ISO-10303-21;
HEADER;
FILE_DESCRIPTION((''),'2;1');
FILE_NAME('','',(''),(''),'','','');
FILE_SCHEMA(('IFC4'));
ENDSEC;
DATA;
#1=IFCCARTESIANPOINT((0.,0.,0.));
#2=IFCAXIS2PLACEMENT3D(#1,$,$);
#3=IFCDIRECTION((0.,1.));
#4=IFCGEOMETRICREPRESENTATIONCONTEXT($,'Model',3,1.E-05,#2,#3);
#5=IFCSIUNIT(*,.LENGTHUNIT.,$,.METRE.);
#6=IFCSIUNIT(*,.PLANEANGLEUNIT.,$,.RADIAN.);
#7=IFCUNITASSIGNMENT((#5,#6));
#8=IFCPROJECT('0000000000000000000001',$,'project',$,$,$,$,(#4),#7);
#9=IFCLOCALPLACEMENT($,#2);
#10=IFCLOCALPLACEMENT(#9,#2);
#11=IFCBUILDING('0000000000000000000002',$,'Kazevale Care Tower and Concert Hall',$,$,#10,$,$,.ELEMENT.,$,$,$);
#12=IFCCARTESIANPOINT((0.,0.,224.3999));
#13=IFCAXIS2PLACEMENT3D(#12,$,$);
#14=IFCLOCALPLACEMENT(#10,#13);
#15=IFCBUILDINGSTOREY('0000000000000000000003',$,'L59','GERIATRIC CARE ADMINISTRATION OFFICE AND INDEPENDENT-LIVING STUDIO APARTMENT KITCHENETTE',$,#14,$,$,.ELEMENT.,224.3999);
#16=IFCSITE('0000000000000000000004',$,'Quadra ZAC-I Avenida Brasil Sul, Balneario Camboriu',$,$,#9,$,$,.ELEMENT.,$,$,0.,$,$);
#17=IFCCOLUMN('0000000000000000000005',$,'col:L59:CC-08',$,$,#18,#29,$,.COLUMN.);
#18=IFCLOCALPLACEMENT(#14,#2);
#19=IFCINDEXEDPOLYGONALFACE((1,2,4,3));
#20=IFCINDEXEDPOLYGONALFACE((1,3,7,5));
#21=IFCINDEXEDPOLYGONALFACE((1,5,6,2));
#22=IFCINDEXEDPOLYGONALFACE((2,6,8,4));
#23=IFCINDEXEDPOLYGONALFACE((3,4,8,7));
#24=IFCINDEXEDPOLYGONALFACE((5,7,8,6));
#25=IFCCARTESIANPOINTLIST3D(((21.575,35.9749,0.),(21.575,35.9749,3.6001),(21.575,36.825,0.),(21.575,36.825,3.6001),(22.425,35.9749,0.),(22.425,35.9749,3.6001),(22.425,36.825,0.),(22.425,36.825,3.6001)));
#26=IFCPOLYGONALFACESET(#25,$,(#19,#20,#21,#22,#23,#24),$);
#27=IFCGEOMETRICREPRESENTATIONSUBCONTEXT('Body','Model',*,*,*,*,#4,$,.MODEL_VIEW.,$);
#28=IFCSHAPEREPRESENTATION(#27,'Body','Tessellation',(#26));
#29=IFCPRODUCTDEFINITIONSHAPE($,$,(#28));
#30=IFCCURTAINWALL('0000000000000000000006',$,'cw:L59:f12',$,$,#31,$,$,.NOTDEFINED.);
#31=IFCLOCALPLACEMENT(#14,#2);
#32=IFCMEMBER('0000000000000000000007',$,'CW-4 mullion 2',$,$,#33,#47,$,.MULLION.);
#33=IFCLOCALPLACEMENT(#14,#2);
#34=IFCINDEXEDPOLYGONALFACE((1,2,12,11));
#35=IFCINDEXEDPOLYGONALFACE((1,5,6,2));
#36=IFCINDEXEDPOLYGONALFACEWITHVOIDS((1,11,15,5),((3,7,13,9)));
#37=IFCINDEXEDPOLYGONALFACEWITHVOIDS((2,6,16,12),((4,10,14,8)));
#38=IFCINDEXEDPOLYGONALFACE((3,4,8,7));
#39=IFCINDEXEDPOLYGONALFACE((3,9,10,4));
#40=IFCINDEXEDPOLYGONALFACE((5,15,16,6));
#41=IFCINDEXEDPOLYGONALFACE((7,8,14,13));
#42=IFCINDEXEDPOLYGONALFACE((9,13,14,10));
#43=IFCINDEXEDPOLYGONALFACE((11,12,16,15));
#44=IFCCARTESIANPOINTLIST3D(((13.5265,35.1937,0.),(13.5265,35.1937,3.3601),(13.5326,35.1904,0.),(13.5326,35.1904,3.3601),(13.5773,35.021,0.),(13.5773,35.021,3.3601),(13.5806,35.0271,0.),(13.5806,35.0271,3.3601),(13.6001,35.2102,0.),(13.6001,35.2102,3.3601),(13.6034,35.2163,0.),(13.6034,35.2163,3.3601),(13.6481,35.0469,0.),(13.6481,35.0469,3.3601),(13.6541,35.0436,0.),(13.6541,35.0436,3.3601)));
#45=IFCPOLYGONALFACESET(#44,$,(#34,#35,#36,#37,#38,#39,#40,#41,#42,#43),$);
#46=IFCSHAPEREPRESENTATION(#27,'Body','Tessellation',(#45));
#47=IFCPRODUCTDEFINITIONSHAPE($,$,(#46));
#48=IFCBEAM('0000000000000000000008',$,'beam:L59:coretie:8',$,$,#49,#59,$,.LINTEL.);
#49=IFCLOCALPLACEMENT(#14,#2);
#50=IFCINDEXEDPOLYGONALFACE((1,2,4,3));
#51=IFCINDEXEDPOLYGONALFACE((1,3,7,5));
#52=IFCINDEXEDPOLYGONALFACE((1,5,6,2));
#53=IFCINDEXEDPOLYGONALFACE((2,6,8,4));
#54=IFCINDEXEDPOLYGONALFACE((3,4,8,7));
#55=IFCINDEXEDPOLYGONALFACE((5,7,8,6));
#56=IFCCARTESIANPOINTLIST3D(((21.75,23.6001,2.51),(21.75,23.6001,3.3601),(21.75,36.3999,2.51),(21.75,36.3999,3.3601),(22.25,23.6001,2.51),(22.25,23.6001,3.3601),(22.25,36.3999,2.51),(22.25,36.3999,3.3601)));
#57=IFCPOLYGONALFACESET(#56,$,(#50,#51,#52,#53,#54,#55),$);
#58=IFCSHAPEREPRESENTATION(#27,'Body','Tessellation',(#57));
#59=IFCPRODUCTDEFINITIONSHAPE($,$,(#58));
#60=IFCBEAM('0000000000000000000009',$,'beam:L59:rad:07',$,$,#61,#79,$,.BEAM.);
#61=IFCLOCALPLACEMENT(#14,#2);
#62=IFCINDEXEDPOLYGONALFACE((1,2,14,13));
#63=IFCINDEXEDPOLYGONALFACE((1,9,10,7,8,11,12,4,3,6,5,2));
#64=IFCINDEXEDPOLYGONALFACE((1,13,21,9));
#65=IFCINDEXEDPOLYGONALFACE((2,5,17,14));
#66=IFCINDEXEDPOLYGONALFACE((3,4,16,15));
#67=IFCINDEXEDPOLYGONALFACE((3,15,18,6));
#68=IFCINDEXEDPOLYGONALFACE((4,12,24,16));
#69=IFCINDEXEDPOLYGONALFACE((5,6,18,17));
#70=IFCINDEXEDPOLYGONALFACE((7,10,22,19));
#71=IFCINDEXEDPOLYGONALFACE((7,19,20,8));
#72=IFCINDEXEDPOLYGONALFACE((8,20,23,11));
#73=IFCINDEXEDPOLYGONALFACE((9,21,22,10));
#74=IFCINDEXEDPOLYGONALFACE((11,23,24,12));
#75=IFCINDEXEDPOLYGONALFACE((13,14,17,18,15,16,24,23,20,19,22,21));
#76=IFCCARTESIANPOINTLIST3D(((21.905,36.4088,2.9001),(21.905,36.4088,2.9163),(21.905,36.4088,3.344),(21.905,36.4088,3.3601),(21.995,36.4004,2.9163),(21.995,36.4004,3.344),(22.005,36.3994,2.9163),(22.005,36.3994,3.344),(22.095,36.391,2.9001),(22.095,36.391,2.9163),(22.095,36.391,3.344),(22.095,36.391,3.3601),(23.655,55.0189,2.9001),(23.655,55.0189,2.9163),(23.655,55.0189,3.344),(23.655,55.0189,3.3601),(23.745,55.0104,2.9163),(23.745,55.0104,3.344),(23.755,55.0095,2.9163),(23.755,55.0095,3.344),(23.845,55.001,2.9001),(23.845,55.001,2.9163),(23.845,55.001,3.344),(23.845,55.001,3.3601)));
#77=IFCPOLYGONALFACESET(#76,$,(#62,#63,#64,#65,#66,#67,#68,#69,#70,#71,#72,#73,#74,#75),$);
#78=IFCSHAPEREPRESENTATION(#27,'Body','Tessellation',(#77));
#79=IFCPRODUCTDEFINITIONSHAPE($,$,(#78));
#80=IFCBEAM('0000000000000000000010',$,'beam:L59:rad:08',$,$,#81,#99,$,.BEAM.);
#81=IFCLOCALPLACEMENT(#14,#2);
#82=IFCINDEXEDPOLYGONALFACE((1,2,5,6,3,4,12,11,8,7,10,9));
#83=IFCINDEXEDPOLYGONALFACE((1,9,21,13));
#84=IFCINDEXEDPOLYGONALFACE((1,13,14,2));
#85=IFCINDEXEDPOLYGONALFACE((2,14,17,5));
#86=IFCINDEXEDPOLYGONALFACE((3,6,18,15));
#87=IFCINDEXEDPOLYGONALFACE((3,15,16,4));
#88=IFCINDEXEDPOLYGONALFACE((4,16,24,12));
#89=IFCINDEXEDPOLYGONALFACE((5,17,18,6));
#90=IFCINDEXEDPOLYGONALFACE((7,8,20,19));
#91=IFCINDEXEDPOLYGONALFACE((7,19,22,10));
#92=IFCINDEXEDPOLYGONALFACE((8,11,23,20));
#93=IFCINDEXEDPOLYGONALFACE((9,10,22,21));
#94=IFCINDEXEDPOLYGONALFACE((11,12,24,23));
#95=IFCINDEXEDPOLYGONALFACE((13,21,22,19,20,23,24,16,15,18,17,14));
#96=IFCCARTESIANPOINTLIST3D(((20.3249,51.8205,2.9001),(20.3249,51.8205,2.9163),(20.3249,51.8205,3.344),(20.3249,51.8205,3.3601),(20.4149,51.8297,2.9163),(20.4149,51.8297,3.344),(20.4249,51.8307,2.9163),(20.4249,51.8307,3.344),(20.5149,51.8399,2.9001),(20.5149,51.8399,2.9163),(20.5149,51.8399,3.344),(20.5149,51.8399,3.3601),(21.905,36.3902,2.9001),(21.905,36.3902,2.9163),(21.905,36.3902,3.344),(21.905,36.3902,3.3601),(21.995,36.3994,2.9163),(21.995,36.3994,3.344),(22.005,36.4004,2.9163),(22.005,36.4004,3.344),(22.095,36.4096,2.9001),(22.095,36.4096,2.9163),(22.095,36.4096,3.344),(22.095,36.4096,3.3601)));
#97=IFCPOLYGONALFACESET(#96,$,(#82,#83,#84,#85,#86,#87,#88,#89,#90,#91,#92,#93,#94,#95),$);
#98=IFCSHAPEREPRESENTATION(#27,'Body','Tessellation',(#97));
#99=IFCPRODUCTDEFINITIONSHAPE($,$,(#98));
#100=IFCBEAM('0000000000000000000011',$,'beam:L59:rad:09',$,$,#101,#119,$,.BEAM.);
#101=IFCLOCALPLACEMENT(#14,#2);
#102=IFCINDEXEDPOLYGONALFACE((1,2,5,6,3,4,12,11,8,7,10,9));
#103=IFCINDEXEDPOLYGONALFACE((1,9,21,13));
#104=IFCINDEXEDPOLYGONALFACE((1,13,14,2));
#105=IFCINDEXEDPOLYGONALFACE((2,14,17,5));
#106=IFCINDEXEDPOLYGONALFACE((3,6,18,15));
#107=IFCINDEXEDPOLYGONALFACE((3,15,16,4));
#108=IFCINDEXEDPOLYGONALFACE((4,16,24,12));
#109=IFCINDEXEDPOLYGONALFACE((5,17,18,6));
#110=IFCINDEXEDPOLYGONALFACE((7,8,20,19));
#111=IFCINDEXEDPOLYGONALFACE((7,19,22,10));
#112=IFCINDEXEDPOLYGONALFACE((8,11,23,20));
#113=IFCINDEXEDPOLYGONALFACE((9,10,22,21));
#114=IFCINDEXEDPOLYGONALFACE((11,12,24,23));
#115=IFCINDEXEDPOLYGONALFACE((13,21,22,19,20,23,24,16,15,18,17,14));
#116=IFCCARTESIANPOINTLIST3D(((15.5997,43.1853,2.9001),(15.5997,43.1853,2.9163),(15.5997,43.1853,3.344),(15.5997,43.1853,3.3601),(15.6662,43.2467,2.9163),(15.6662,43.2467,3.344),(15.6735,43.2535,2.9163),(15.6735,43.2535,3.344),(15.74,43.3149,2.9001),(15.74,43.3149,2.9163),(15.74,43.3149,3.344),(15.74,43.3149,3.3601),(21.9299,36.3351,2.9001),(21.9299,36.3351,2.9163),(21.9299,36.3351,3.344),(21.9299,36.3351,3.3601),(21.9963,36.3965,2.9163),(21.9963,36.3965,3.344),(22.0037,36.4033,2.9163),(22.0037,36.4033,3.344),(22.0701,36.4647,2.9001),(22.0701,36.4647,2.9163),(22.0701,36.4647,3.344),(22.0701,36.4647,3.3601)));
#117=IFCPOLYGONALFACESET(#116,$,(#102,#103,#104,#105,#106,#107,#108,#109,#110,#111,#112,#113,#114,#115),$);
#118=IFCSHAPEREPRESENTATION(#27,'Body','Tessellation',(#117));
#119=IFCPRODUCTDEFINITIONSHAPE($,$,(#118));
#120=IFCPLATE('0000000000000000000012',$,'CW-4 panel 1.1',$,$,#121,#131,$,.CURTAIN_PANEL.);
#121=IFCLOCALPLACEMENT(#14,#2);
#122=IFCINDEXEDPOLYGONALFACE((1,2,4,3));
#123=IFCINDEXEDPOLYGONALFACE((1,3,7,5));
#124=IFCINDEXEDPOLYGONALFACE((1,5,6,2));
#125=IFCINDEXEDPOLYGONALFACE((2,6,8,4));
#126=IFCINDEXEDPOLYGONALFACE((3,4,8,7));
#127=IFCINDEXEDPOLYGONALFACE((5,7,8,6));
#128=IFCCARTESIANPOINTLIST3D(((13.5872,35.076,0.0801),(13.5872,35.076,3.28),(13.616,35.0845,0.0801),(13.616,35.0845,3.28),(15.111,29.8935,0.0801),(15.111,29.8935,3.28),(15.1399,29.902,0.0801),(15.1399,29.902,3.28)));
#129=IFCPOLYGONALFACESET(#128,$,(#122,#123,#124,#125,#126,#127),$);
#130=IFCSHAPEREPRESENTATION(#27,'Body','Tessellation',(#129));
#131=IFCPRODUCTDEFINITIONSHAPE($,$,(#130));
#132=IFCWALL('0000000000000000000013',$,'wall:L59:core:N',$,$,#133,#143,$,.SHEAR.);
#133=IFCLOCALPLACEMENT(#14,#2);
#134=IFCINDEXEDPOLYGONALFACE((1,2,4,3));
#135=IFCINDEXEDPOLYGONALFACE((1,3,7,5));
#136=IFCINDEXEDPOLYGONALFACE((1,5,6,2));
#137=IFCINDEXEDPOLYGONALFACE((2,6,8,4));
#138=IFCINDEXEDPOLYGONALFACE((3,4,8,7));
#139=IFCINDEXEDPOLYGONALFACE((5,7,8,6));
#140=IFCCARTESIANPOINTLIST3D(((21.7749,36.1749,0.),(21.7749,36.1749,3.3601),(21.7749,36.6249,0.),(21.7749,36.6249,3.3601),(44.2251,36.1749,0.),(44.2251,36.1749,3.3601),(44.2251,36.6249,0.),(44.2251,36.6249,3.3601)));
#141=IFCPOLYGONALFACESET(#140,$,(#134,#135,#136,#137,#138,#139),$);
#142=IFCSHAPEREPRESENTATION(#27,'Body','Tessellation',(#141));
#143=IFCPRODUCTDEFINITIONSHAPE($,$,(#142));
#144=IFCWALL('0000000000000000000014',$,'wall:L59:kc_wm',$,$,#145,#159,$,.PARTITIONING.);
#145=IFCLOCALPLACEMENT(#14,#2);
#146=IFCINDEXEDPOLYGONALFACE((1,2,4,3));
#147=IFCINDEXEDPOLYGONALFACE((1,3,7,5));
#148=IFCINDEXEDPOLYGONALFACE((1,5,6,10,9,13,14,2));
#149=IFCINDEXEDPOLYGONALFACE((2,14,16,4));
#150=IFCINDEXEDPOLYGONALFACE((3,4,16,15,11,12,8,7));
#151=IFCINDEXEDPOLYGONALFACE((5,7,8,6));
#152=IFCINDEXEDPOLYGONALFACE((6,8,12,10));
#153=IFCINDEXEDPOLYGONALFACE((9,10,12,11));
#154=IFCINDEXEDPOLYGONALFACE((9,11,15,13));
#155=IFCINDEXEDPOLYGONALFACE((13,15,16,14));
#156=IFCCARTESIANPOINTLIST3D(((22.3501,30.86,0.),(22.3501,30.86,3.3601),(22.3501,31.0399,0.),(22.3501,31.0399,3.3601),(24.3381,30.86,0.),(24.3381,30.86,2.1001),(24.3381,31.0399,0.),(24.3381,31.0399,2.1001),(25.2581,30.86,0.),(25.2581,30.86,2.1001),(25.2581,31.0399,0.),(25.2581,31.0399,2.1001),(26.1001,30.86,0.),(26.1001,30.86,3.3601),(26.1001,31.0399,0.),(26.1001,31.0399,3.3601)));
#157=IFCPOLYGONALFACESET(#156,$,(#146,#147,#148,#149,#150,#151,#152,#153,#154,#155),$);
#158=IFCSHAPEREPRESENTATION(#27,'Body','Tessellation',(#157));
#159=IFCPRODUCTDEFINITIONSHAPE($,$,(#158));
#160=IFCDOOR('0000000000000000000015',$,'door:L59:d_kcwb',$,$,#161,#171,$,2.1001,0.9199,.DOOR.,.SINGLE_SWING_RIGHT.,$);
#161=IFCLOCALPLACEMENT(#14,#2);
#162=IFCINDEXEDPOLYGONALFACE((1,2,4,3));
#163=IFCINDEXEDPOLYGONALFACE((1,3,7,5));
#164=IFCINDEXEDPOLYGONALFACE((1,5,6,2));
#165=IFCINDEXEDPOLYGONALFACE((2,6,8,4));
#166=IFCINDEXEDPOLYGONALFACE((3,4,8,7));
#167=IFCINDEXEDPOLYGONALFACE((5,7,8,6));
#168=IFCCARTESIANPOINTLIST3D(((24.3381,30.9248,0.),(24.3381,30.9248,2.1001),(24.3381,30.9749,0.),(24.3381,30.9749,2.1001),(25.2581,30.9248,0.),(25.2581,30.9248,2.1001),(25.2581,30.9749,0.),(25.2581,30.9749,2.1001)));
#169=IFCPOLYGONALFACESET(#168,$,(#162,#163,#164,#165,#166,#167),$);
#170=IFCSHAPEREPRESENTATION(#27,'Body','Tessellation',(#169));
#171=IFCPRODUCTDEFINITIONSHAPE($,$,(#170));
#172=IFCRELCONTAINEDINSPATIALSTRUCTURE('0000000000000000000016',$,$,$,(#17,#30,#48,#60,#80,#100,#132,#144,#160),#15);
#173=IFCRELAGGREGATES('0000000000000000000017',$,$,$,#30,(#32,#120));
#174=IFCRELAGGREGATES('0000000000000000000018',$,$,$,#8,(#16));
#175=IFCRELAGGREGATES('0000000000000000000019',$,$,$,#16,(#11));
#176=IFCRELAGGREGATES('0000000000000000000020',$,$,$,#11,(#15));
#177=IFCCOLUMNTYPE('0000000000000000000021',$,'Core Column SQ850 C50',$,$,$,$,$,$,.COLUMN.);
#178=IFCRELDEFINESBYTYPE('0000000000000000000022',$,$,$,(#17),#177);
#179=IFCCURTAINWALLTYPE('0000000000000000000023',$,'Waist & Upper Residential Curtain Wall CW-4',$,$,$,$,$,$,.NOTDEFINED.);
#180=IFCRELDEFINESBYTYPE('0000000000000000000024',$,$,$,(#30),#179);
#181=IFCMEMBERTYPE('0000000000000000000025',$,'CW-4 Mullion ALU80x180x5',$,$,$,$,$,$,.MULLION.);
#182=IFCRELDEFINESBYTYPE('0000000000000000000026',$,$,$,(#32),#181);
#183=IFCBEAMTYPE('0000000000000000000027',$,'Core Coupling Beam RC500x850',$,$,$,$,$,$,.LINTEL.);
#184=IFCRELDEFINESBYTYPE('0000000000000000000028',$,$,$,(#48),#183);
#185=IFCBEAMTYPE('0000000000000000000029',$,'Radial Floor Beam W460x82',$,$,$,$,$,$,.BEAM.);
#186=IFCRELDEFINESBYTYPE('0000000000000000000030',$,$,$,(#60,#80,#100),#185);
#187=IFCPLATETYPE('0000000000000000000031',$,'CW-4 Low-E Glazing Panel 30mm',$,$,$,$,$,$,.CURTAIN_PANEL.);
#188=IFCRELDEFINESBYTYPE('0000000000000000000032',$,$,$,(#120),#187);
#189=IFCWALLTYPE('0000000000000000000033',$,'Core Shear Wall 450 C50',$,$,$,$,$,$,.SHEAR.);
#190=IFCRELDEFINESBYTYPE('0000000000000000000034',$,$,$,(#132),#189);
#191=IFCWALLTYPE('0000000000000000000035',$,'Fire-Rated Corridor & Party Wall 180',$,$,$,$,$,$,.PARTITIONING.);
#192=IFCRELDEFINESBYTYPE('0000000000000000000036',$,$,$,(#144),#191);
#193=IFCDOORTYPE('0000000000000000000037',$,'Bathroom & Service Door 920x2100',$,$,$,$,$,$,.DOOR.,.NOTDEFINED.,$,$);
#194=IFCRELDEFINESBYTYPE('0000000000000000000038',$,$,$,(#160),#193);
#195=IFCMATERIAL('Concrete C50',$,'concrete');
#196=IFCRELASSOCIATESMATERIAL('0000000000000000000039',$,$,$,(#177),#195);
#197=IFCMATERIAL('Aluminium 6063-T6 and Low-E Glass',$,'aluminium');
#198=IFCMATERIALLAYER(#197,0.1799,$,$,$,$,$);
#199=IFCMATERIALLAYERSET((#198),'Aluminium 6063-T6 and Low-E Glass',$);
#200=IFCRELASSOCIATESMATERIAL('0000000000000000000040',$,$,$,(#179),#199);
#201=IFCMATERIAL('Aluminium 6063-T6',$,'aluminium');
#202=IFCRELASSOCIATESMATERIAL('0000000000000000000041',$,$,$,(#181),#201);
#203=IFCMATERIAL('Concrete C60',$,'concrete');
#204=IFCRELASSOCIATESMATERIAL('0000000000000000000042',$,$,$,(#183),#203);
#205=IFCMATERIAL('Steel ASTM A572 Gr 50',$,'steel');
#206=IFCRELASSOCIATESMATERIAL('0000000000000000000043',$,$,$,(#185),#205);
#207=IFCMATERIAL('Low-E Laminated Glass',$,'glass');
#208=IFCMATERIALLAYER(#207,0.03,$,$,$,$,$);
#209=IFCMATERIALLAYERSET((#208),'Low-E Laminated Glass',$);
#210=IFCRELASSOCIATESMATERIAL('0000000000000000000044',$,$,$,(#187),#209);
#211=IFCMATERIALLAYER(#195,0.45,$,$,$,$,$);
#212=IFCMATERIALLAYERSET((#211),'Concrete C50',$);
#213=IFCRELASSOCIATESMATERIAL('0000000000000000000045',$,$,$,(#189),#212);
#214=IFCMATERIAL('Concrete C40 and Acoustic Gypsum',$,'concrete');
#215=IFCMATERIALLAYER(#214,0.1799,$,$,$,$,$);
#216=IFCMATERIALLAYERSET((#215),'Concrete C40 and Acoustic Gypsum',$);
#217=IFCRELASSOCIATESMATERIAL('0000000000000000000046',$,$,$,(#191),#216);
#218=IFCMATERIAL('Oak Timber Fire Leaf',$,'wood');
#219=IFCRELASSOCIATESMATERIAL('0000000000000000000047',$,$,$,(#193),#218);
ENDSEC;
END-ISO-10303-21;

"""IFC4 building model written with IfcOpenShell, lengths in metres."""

from ifc_helpers import new_model, si_unit, direction, frame, frame_2d, origin, origin_2d, place, context, subcontext, project, spatial, rectangle, hollow_rectangle, i_section, extrude, material, layer, layer_set, material_profile, profile_set, type_object, element, fill, aggregate, save


model = new_model("IFC4")

# Units and contexts
model_context = context("Model", 3, precision=1e-05, world=origin(), true_north=direction((0.0, 1.0)))
body_context = subcontext(model_context, "Body", "Model", "MODEL_VIEW")
ifc_project = project(units=[si_unit("LENGTHUNIT", "METRE"), si_unit("PLANEANGLEUNIT", "RADIAN")], contexts=[model_context])

# Site, building, storey
site_placement = place(None, origin())
site = spatial("IfcSite", under=ifc_project, at=site_placement, Name="Quadra ZAC-I Avenida Brasil Sul, Balneario Camboriu", CompositionType="ELEMENT", RefElevation=0.0)
building_placement = place(site_placement, origin())
building = spatial("IfcBuilding", under=site, at=building_placement, Name="Kazevale Care Tower and Concert Hall", CompositionType="ELEMENT")
storey_placement = place(building_placement, frame((0.0, 0.0, 224.3999)))
storey = spatial("IfcBuildingStorey", under=building, at=storey_placement, Name="L59", Description="GERIATRIC CARE ADMINISTRATION OFFICE AND INDEPENDENT-LIVING STUDIO APARTMENT KITCHENETTE", CompositionType="ELEMENT", Elevation=224.3999)

# Column
ifc_material_1 = material(Name="Concrete C50", Category="concrete")
ifc_material_profile_1 = material_profile(ifc_material_1, rectangle(XDim=0.8501, YDim=0.8501, at=origin_2d()), Name="RC-SQ850")
ifc_profile_set_1 = profile_set([ifc_material_profile_1], Name="Concrete C50")
column_type = type_object("IfcColumnType", Name="Core Column SQ850 C50", PredefinedType="COLUMN", material=ifc_profile_set_1)
column_placement = place(storey_placement, frame((22.0, 36.3999, 0.0), z_axis=(0.0, 0.0, 1.0), x_axis=(1.0, 0.0, 0.0)))
element("IfcColumn", 1, at=column_placement, inside=storey, type_object=column_type, Name="col:L59:CC-08", PredefinedType="COLUMN", context=body_context, shape_type="SweptSolid", body=[
    extrude(rectangle(XDim=0.8501, YDim=0.8501, at=origin_2d()), origin(), (0.0, 0.0, 1.0), 3.6001),
])

# Curtain wall, member
ifc_material_2 = material(Name="Aluminium 6063-T6 and Low-E Glass", Category="aluminium")
ifc_layer_1 = layer(ifc_material_2, 0.1799)
ifc_layer_set_1 = layer_set([ifc_layer_1], Name="Aluminium 6063-T6 and Low-E Glass")
curtain_wall_type = type_object("IfcCurtainWallType", Name="Waist & Upper Residential Curtain Wall CW-4", PredefinedType="NOTDEFINED", material=ifc_layer_set_1)
curtain_wall_placement = place(storey_placement, origin())
curtain_wall = element("IfcCurtainWall", 2, at=curtain_wall_placement, inside=storey, type_object=curtain_wall_type, Name="cw:L59:f12", PredefinedType="NOTDEFINED")
ifc_material_3 = material(Name="Aluminium 6063-T6", Category="aluminium")
ifc_material_profile_2 = material_profile(ifc_material_3, hollow_rectangle(XDim=0.0801, YDim=0.1799, WallThickness=0.0049, at=origin_2d()), Name="ALU80x180x5")
ifc_profile_set_2 = profile_set([ifc_material_profile_2], Name="Aluminium 6063-T6")
member_type = type_object("IfcMemberType", Name="CW-4 Mullion ALU80x180x5", PredefinedType="MULLION", material=ifc_profile_set_2)
member_placement = place(storey_placement, frame((13.5903, 35.1187, 0.0), z_axis=(0.0, 0.0, 1.0), x_axis=(-0.959386, -0.282098, 0.0)))
member = element("IfcMember", 3, at=member_placement, type_object=member_type, Name="CW-4 mullion 2", PredefinedType="MULLION", context=body_context, shape_type="SweptSolid", body=[
    extrude(hollow_rectangle(XDim=0.0801, YDim=0.1799, WallThickness=0.0049, at=origin_2d()), origin(), (0.0, 0.0, 1.0), 3.3601),
])

# Beams
ifc_material_4 = material(Name="Concrete C60", Category="concrete")
ifc_material_profile_3 = material_profile(ifc_material_4, rectangle(XDim=0.5, YDim=0.8501, at=origin_2d()), Name="RC-B500x850")
ifc_profile_set_3 = profile_set([ifc_material_profile_3], Name="Concrete C60")
beam_type_1 = type_object("IfcBeamType", Name="Core Coupling Beam RC500x850", PredefinedType="LINTEL", material=ifc_profile_set_3)
beam_1_placement = place(storey_placement, frame((22.0, 36.3999, 2.9351), z_axis=(0.0, -1.0, 0.0), x_axis=(1.0, 0.0, 0.0)))
element("IfcBeam", 4, at=beam_1_placement, inside=storey, type_object=beam_type_1, Name="beam:L59:coretie:8", PredefinedType="LINTEL", context=body_context, shape_type="SweptSolid", body=[
    extrude(rectangle(XDim=0.5, YDim=0.8501, at=origin_2d()), origin(), (0.0, 0.0, 1.0), 12.7998),
])
ifc_material_5 = material(Name="Steel ASTM A572 Gr 50", Category="steel")
ifc_material_profile_4 = material_profile(ifc_material_5, i_section(OverallWidth=0.1909, OverallDepth=0.46, WebThickness=0.01, FlangeThickness=0.0161, at=origin_2d()), Name="W460x82")
ifc_profile_set_4 = profile_set([ifc_material_profile_4], Name="Steel ASTM A572 Gr 50")
beam_type_2 = type_object("IfcBeamType", Name="Radial Floor Beam W460x82", PredefinedType="BEAM", material=ifc_profile_set_4)
beam_2_placement = place(storey_placement, frame((22.0, 36.3999, 3.1301), z_axis=(0.093622, 0.995608, 0.0), x_axis=(-0.995608, 0.093622, 0.0)))
element("IfcBeam", 5, at=beam_2_placement, inside=storey, type_object=beam_type_2, Name="beam:L59:rad:07", PredefinedType="BEAM", context=body_context, shape_type="SweptSolid", body=[
    extrude(i_section(OverallWidth=0.1909, OverallDepth=0.46, WebThickness=0.01, FlangeThickness=0.0161, at=origin_2d()), origin(), (0.0, 0.0, 1.0), 18.6921),
])
beam_3_placement = place(storey_placement, frame((22.0, 36.3999, 3.1301), z_axis=(-0.101869, 0.994798, 0.0), x_axis=(-0.994798, -0.101869, 0.0)))
element("IfcBeam", 6, at=beam_3_placement, inside=storey, type_object=beam_type_2, Name="beam:L59:rad:08", PredefinedType="BEAM", context=body_context, shape_type="SweptSolid", body=[
    extrude(i_section(OverallWidth=0.1909, OverallDepth=0.46, WebThickness=0.01, FlangeThickness=0.0161, at=origin_2d()), origin(), (0.0, 0.0, 1.0), 15.511),
])
beam_4_placement = place(storey_placement, frame((22.0, 36.3999, 3.1301), z_axis=(-0.67868, 0.734434, 0.0), x_axis=(-0.734434, -0.67868, 0.0)))
element("IfcBeam", 7, at=beam_4_placement, inside=storey, type_object=beam_type_2, Name="beam:L59:rad:09", PredefinedType="BEAM", context=body_context, shape_type="SweptSolid", body=[
    extrude(i_section(OverallWidth=0.1909, OverallDepth=0.46, WebThickness=0.01, FlangeThickness=0.0161, at=origin_2d()), origin(), (0.0, 0.0, 1.0), 9.3271),
])

# Plate
ifc_material_6 = material(Name="Low-E Laminated Glass", Category="glass")
ifc_layer_2 = layer(ifc_material_6, 0.03)
ifc_layer_set_2 = layer_set([ifc_layer_2], Name="Low-E Laminated Glass")
plate_type = type_object("IfcPlateType", Name="CW-4 Low-E Glazing Panel 30mm", PredefinedType="CURTAIN_PANEL", material=ifc_layer_set_2)
plate_placement = place(storey_placement, frame((14.3635, 32.489, 0.0801), z_axis=(0.0, 0.0, 1.0), x_axis=(-0.282098, 0.959386, 0.0)))
plate = element("IfcPlate", 8, at=plate_placement, type_object=plate_type, Name="CW-4 panel 1.1", PredefinedType="CURTAIN_PANEL", context=body_context, shape_type="SweptSolid", body=[
    extrude(rectangle(XDim=5.4019, YDim=0.03, at=origin_2d()), origin(), (0.0, 0.0, 1.0), 3.2),
])
aggregate(curtain_wall, [member, plate])

# Wall
ifc_layer_3 = layer(ifc_material_1, 0.45)
ifc_layer_set_3 = layer_set([ifc_layer_3], Name="Concrete C50")
wall_type_1 = type_object("IfcWallType", Name="Core Shear Wall 450 C50", PredefinedType="SHEAR", material=ifc_layer_set_3)
wall_1_placement = place(storey_placement, frame((21.7749, 36.3999, 0.0), z_axis=(0.0, 0.0, 1.0), x_axis=(1.0, 0.0, 0.0)))
element("IfcWall", 9, at=wall_1_placement, inside=storey, type_object=wall_type_1, Name="wall:L59:core:N", PredefinedType="SHEAR", context=body_context, shape_type="SweptSolid", body=[
    extrude(rectangle(XDim=22.4502, YDim=0.45, at=frame_2d((11.2251, 0.0))), origin(), (0.0, 0.0, 1.0), 3.3601),
])

# Wall, opening, door
ifc_material_7 = material(Name="Concrete C40 and Acoustic Gypsum", Category="concrete")
ifc_layer_4 = layer(ifc_material_7, 0.1799)
ifc_layer_set_4 = layer_set([ifc_layer_4], Name="Concrete C40 and Acoustic Gypsum")
wall_type_2 = type_object("IfcWallType", Name="Fire-Rated Corridor & Party Wall 180", PredefinedType="PARTITIONING", material=ifc_layer_set_4)
wall_2_placement = place(storey_placement, frame((22.3501, 30.95, 0.0), z_axis=(0.0, 0.0, 1.0), x_axis=(1.0, 0.0, 0.0)))
wall_2 = element("IfcWall", 10, at=wall_2_placement, inside=storey, type_object=wall_type_2, Name="wall:L59:kc_wm", PredefinedType="PARTITIONING", context=body_context, shape_type="SweptSolid", body=[
    extrude(rectangle(XDim=3.75, YDim=0.1799, at=frame_2d((1.875, 0.0))), origin(), (0.0, 0.0, 1.0), 3.3601),
])
opening_1_placement = place(wall_2_placement, frame((1.988, 0.0, 0.0)))
opening_1 = element("IfcOpeningElement", 11, at=opening_1_placement, cuts=wall_2, PredefinedType="OPENING", context=body_context, shape_type="SweptSolid", body=[
    extrude(rectangle(XDim=0.9199, YDim=2.1001, at=frame_2d((0.46, 1.05))), frame((0.0, 0.0999, 0.0), z_axis=(0.0, -1.0, 0.0), x_axis=(1.0, 0.0, 0.0)), (0.0, 0.0, 1.0), 0.2),
])
ifc_material_8 = material(Name="Oak Timber Fire Leaf", Category="wood")
door_type_1 = type_object("IfcDoorType", Name="Bathroom & Service Door 920x2100", OperationType="NOTDEFINED", PredefinedType="DOOR", material=ifc_material_8)
door_1_placement = place(opening_1_placement, origin())
door_1 = element("IfcDoor", 12, at=door_1_placement, inside=storey, type_object=door_type_1, Name="door:L59:d_kcwb", OperationType="SINGLE_SWING_RIGHT", OverallHeight=2.1001, OverallWidth=0.9199, PredefinedType="DOOR", context=body_context, shape_type="SweptSolid", body=[
    extrude(rectangle(XDim=0.9199, YDim=2.1001, at=frame_2d((0.46, 1.05))), frame((0.0, 0.0249, 0.0), z_axis=(0.0, -1.0, 0.0), x_axis=(1.0, 0.0, 0.0)), (0.0, 0.0, 1.0), 0.05),
])
fill(opening_1, door_1)

save(model, "model.ifc")
